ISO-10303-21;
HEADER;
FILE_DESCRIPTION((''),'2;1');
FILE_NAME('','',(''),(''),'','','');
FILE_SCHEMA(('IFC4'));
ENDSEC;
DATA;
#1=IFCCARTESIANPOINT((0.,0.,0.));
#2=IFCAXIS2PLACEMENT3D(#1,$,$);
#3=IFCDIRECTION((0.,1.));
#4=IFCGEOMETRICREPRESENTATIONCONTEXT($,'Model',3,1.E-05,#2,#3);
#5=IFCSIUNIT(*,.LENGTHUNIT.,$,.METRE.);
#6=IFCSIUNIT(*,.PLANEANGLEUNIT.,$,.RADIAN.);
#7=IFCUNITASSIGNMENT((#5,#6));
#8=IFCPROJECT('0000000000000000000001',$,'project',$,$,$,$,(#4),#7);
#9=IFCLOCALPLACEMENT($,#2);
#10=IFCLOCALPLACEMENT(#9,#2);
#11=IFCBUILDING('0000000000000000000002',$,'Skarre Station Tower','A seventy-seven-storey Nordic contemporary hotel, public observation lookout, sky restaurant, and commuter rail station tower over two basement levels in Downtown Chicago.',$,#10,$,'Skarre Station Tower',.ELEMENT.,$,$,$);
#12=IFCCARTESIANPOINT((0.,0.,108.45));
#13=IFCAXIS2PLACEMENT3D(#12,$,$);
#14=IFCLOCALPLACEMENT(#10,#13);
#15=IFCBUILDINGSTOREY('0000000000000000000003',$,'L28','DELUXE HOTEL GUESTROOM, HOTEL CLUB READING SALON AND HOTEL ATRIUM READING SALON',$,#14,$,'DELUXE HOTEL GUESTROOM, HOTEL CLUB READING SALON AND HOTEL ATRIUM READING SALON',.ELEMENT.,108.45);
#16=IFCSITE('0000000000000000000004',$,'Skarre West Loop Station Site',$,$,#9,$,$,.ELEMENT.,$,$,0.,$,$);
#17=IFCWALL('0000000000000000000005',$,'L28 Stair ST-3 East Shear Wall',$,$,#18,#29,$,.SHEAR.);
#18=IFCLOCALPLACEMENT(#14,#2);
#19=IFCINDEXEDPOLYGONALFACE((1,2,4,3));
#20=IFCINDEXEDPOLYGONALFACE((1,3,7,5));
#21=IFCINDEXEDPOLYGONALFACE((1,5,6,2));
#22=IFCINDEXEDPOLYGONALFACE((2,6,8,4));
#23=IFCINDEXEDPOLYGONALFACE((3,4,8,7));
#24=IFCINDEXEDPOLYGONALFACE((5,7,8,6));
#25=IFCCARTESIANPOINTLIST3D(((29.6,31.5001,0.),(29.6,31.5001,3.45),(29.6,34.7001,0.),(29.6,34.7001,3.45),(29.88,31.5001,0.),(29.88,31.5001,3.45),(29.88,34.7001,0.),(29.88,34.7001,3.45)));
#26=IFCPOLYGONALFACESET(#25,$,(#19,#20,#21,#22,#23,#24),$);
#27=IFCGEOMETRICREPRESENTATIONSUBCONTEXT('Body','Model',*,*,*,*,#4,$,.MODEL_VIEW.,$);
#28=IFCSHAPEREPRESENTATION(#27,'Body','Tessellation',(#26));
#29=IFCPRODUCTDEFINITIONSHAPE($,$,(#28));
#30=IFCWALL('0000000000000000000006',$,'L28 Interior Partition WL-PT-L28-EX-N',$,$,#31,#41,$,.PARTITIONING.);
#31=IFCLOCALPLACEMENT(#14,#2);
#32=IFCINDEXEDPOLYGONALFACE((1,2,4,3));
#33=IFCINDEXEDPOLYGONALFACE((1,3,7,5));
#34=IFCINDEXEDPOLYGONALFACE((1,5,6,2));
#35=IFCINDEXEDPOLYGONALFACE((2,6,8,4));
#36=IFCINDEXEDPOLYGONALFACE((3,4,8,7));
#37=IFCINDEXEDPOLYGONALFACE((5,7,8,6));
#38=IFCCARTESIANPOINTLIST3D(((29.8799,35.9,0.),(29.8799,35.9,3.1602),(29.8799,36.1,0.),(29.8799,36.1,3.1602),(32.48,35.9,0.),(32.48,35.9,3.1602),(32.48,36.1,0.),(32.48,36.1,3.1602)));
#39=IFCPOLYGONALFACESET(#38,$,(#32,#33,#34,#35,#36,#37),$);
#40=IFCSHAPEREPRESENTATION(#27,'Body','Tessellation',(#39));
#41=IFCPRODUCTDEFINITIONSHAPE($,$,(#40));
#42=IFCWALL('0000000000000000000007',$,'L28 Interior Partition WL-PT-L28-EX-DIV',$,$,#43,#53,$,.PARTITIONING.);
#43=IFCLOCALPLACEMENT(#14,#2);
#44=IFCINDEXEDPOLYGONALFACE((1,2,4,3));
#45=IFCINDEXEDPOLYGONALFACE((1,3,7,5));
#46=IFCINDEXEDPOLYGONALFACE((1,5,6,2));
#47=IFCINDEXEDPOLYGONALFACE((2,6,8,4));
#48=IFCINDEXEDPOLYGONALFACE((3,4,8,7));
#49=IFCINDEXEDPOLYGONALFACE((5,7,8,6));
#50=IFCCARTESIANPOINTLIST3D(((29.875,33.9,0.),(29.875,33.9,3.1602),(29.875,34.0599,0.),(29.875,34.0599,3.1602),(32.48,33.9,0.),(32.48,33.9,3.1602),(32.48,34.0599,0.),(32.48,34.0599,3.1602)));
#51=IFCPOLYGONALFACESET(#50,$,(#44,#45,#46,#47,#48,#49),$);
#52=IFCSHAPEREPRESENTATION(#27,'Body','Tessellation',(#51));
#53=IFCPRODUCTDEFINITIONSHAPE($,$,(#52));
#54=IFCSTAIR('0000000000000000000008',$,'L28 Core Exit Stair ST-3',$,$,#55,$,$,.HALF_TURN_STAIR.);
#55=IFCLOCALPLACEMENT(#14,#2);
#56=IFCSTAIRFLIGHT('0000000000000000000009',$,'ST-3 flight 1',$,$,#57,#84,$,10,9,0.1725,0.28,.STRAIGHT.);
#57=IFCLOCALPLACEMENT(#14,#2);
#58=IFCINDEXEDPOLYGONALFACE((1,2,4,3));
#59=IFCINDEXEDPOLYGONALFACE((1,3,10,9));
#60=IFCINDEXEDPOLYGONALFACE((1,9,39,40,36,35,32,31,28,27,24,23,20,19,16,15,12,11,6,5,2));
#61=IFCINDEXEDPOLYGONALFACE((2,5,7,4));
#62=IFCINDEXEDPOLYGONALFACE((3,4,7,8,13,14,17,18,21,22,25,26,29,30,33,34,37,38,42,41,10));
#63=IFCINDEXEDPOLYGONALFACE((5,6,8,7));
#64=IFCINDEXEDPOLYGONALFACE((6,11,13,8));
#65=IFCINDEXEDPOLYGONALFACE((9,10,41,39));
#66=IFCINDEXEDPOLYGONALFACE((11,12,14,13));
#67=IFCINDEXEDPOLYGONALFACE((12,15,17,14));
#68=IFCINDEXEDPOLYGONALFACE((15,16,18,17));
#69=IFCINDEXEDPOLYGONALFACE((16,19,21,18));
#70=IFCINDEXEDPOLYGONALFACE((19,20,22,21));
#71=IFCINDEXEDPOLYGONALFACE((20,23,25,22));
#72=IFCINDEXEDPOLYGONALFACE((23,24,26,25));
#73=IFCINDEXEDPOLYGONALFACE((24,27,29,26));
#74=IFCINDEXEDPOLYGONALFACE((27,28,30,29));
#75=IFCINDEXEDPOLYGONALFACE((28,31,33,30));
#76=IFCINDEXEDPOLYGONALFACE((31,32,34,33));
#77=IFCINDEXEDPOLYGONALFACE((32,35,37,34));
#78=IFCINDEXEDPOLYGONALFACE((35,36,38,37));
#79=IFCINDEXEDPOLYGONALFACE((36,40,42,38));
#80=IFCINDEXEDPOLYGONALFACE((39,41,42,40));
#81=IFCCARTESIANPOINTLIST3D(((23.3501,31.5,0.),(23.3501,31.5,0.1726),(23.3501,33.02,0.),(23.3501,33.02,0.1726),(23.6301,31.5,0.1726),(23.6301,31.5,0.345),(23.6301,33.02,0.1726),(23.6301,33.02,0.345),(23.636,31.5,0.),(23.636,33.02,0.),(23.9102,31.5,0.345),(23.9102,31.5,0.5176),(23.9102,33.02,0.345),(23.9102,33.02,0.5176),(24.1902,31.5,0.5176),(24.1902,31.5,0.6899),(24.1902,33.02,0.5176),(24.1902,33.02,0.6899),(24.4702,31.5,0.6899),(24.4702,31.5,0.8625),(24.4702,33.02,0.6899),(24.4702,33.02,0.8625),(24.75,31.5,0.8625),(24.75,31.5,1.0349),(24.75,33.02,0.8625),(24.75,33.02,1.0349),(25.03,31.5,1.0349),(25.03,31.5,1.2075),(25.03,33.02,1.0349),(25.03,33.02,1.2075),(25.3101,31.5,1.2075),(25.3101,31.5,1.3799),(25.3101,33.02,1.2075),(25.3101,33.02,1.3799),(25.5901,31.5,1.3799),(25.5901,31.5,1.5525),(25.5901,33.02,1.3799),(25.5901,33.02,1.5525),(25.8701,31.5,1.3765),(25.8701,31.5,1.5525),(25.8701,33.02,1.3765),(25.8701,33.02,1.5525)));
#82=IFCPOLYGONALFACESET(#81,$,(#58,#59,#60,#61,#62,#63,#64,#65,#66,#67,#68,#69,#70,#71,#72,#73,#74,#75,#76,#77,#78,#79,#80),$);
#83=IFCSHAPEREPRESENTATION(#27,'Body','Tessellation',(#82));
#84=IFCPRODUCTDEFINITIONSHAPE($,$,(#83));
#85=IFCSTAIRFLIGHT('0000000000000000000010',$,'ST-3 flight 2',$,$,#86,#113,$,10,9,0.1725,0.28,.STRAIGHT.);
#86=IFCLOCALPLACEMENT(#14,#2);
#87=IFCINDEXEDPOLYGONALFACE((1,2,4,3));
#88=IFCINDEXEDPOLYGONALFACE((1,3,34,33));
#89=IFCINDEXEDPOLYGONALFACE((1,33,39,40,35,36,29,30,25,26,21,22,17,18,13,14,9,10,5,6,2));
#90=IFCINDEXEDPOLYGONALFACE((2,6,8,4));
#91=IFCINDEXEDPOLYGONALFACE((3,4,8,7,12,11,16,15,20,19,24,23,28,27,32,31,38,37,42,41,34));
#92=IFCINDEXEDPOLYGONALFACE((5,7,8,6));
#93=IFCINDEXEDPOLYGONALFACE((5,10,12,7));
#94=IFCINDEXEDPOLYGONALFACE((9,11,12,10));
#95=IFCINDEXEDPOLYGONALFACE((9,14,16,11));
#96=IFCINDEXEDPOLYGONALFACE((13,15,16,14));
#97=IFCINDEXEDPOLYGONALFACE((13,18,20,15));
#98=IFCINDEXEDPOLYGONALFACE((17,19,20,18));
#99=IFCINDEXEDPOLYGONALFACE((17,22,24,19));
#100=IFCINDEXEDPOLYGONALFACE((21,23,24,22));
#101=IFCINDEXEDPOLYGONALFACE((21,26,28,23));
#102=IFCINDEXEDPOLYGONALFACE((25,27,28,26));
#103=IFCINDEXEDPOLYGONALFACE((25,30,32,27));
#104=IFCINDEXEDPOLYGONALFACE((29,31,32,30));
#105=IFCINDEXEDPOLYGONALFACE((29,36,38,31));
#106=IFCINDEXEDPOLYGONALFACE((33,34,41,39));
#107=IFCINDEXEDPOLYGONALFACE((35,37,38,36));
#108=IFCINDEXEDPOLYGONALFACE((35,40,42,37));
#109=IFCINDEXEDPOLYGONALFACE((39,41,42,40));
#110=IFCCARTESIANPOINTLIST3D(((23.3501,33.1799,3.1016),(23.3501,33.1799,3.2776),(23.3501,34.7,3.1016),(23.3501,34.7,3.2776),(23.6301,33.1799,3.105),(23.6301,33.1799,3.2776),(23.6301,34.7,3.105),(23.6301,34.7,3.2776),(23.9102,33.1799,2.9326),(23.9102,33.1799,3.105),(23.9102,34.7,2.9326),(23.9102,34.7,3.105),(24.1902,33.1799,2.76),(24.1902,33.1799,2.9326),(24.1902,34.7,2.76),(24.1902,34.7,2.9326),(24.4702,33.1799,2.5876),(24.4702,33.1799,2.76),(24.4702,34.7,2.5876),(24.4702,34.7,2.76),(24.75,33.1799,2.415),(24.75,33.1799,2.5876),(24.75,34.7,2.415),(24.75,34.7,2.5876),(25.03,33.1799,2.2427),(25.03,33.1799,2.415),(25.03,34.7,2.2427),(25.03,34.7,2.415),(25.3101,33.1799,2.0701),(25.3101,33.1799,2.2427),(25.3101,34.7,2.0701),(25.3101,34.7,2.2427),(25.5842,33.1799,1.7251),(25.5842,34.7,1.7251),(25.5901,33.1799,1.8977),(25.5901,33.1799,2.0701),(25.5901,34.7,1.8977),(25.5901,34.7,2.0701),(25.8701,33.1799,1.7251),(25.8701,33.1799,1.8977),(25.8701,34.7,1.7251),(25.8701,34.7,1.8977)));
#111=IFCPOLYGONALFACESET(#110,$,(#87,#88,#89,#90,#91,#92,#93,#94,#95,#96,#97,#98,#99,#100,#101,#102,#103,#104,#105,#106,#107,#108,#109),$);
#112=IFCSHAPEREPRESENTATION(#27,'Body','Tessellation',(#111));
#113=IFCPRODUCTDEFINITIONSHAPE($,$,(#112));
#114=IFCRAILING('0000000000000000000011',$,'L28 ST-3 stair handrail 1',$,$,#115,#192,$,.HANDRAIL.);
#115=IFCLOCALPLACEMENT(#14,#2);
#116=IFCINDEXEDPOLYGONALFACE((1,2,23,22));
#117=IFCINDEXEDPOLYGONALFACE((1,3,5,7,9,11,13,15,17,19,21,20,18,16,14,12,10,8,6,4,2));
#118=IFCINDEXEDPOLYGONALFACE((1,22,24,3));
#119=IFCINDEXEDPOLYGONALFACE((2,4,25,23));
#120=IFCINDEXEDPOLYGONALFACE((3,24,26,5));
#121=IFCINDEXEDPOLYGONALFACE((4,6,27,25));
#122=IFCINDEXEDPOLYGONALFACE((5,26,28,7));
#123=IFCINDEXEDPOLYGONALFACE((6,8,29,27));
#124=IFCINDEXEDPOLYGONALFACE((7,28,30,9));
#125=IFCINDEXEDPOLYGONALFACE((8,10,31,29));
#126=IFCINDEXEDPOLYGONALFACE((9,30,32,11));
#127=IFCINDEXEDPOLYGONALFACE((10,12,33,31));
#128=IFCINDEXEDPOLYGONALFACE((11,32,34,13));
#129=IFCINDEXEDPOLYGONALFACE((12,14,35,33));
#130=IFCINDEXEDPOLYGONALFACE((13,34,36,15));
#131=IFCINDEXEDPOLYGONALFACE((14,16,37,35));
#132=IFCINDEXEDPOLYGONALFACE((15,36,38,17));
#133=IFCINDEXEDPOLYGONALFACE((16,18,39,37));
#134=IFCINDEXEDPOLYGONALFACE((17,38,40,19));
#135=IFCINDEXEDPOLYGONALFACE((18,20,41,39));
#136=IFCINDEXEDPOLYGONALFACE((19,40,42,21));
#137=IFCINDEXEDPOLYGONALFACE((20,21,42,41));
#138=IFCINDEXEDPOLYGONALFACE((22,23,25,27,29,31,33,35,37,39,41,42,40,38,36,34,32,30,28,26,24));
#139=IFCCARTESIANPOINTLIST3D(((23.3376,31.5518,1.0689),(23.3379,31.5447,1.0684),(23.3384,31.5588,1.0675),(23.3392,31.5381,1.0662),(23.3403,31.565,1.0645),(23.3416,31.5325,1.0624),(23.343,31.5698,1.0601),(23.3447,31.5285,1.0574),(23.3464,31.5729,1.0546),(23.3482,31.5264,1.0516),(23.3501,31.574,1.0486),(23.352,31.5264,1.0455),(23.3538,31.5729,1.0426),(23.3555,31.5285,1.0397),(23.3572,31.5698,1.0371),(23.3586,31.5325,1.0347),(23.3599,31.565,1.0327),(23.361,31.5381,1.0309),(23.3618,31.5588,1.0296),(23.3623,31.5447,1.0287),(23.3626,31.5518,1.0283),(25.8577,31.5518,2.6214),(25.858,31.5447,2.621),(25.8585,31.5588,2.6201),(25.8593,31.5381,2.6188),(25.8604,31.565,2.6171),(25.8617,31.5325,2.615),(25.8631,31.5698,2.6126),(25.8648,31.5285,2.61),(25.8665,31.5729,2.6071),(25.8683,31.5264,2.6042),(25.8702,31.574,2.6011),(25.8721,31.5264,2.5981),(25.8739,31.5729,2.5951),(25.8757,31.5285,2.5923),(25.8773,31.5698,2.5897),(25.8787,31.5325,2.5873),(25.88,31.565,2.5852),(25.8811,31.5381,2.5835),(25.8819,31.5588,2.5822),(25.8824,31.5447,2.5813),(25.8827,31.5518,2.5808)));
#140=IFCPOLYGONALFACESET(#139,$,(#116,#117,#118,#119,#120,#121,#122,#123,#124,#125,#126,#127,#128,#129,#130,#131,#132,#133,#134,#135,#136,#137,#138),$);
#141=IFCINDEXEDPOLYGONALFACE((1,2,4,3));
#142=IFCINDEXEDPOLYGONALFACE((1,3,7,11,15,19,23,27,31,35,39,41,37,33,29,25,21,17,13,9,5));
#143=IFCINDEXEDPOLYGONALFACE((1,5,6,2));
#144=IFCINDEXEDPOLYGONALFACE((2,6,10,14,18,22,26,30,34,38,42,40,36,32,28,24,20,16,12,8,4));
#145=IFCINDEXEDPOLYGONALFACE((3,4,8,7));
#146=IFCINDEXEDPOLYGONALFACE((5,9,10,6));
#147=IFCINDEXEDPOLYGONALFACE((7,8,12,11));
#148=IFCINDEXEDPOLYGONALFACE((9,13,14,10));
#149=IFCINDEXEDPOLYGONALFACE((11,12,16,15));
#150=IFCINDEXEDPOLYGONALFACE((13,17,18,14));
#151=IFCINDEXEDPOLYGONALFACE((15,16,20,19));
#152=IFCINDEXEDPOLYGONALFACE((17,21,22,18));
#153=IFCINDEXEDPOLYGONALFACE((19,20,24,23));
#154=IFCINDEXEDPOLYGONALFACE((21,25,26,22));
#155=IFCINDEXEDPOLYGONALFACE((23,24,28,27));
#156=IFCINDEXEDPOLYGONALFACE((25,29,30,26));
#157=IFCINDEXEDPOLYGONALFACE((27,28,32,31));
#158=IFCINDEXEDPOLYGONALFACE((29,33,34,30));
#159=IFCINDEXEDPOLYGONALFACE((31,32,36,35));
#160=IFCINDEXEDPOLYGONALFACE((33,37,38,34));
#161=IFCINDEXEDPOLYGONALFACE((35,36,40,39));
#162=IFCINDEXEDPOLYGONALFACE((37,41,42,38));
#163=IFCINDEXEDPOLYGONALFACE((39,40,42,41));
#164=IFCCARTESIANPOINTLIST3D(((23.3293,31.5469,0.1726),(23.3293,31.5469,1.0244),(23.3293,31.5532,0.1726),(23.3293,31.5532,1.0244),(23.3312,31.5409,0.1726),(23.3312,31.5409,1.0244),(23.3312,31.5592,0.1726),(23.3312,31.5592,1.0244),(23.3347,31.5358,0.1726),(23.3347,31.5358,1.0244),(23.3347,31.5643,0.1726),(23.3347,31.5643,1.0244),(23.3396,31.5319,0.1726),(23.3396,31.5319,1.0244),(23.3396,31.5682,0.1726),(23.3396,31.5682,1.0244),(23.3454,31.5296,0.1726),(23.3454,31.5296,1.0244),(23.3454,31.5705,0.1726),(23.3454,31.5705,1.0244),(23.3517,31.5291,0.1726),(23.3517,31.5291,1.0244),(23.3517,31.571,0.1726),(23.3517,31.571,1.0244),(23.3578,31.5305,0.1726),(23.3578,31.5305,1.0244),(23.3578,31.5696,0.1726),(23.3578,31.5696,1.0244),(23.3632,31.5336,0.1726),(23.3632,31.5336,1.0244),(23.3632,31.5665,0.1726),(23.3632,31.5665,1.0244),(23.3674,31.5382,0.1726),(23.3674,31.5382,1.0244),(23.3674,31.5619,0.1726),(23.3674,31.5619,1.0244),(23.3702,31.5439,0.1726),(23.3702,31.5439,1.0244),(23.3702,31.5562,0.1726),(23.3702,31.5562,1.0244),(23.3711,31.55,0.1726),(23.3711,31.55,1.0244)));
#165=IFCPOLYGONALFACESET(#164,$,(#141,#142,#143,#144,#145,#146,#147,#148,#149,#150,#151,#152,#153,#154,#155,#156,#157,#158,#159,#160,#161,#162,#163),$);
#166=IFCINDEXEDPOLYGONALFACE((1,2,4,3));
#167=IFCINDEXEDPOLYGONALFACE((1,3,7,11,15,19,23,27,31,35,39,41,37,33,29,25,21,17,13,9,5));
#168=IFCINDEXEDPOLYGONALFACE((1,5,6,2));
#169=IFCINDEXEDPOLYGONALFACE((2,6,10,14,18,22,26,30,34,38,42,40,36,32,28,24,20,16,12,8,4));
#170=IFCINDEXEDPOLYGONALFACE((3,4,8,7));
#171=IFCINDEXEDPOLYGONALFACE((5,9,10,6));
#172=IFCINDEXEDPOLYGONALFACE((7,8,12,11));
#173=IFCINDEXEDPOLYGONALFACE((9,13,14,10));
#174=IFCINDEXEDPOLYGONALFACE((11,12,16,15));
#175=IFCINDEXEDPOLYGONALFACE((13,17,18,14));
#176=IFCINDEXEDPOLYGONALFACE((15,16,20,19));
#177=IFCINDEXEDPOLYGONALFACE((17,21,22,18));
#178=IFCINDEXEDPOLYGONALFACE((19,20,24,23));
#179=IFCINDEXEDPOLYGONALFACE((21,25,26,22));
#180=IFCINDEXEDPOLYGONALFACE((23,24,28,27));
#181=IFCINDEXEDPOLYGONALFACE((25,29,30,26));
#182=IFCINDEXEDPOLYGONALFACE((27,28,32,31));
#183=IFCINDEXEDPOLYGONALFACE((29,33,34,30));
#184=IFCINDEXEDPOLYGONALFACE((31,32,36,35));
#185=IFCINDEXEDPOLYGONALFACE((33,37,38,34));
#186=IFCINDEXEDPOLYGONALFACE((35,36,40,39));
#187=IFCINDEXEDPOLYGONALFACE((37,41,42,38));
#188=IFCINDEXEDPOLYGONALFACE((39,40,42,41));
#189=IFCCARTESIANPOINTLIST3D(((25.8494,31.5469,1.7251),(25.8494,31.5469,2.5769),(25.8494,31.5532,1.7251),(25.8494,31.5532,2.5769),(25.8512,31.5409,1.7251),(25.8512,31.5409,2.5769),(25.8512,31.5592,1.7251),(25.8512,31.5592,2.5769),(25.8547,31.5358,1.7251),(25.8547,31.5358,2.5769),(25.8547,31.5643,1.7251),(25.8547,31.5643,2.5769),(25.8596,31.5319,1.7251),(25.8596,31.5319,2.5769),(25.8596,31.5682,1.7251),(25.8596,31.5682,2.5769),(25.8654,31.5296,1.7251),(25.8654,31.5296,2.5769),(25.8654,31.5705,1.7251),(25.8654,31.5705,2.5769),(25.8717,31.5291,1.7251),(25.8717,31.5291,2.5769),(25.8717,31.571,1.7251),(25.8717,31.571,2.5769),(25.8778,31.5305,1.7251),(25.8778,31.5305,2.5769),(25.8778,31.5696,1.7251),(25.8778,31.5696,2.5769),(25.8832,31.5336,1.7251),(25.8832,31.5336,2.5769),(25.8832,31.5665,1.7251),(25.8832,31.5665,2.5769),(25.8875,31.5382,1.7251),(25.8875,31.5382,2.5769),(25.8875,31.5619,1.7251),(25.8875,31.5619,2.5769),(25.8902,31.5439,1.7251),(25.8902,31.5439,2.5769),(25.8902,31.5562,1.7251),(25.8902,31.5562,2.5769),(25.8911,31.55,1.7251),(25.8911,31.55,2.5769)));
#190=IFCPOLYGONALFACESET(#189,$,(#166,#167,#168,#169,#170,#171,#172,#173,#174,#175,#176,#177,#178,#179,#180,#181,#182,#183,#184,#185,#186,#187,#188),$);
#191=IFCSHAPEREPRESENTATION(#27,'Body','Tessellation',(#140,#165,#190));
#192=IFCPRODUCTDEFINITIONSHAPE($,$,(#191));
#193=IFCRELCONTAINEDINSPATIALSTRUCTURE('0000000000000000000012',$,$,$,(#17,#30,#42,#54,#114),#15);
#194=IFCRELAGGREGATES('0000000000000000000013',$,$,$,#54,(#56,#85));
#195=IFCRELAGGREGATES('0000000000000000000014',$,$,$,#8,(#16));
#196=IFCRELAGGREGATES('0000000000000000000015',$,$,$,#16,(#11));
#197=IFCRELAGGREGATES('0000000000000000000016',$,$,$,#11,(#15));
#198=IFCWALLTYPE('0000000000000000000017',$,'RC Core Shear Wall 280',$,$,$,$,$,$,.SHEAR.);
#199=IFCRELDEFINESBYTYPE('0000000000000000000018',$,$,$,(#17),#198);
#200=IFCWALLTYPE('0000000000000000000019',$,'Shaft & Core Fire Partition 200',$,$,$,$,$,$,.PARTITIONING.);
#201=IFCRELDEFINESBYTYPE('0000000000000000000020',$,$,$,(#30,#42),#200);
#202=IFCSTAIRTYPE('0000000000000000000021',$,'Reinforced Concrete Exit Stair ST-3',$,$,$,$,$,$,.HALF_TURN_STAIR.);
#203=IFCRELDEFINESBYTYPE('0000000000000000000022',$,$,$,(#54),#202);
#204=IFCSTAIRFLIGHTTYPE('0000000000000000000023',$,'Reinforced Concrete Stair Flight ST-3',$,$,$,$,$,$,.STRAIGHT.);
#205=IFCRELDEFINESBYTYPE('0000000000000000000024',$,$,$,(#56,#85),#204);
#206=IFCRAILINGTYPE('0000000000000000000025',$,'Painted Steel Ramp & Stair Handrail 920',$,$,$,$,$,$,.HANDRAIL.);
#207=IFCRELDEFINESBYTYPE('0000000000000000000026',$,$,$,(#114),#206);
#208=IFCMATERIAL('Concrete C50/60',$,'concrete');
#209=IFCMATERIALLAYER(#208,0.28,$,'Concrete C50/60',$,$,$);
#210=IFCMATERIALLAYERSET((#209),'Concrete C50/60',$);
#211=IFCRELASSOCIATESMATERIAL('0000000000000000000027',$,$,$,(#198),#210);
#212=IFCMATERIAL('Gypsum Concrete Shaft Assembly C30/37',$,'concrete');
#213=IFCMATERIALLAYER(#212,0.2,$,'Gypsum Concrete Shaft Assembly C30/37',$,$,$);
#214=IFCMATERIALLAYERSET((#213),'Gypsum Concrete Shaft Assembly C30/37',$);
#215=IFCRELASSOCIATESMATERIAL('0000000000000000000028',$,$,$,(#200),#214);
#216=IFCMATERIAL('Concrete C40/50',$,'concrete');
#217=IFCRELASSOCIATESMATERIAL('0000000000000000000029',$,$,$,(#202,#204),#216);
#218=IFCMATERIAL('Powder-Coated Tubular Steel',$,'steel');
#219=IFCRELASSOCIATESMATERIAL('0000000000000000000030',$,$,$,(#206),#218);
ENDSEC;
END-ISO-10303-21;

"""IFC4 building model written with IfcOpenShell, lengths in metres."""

from ifc_helpers import new_model, si_unit, direction, frame, frame_2d, origin, origin_2d, place, context, subcontext, project, spatial, polyline, rectangle, circle, outline, extrude, material, layer, layer_set, type_object, element, aggregate, save


model = new_model("IFC4")

# Units and contexts
model_context = context("Model", 3, precision=1e-05, world=origin(), true_north=direction((0.0, 1.0)))
body_context = subcontext(model_context, "Body", "Model", "MODEL_VIEW")
ifc_project = project(units=[si_unit("LENGTHUNIT", "METRE"), si_unit("PLANEANGLEUNIT", "RADIAN")], contexts=[model_context])

# Site, building, storey
site_placement = place(None, origin())
site = spatial("IfcSite", under=ifc_project, at=site_placement, Name="Skarre West Loop Station Site", CompositionType="ELEMENT", RefElevation=0.0)
building_placement = place(site_placement, origin())
building = spatial("IfcBuilding", under=site, at=building_placement, Name="Skarre Station Tower", Description="A seventy-seven-storey Nordic contemporary hotel, public observation lookout, sky restaurant, and commuter rail station tower over two basement levels in Downtown Chicago.", LongName="Skarre Station Tower", CompositionType="ELEMENT")
storey_placement = place(building_placement, frame((0.0, 0.0, 108.45)))
storey = spatial("IfcBuildingStorey", under=building, at=storey_placement, Name="L28", Description="DELUXE HOTEL GUESTROOM, HOTEL CLUB READING SALON AND HOTEL ATRIUM READING SALON", LongName="DELUXE HOTEL GUESTROOM, HOTEL CLUB READING SALON AND HOTEL ATRIUM READING SALON", CompositionType="ELEMENT", Elevation=108.45)

# Walls
ifc_material_1 = material(Name="Concrete C50/60", Category="concrete")
ifc_layer_1 = layer(ifc_material_1, 0.28, Name="Concrete C50/60")
ifc_layer_set_1 = layer_set([ifc_layer_1], Name="Concrete C50/60")
wall_type_1 = type_object("IfcWallType", Name="RC Core Shear Wall 280", PredefinedType="SHEAR", material=ifc_layer_set_1)
for number, where, z_axis, x_axis, name in (
    (1, (29.74, 31.5, 0.0), (0.0, 0.0, 1.0), (0.0, 1.0, 0.0), "L28 Stair ST-3 East Shear Wall"),
):
    element("IfcWall", number, at=place(storey_placement, frame(where, z_axis=z_axis, x_axis=x_axis)), inside=storey, type_object=wall_type_1, Name=name, PredefinedType="SHEAR", context=body_context, shape_type="SweptSolid", body=[
        extrude(rectangle(XDim=3.2, YDim=0.28, at=frame_2d((1.6001, 0.0))), origin(), (0.0, 0.0, 1.0), 3.45),
    ])
ifc_material_2 = material(Name="Gypsum Concrete Shaft Assembly C30/37", Category="concrete")
ifc_layer_2 = layer(ifc_material_2, 0.2, Name="Gypsum Concrete Shaft Assembly C30/37")
ifc_layer_set_2 = layer_set([ifc_layer_2], Name="Gypsum Concrete Shaft Assembly C30/37")
wall_type_2 = type_object("IfcWallType", Name="Shaft & Core Fire Partition 200", PredefinedType="PARTITIONING", material=ifc_layer_set_2)
wall_1_placement = place(storey_placement, frame((29.8799, 36.0, 0.0), z_axis=(0.0, 0.0, 1.0), x_axis=(1.0, 0.0, 0.0)))
element("IfcWall", 2, at=wall_1_placement, inside=storey, type_object=wall_type_2, Name="L28 Interior Partition WL-PT-L28-EX-N", PredefinedType="PARTITIONING", context=body_context, shape_type="SweptSolid", body=[
    extrude(rectangle(XDim=2.6001, YDim=0.2, at=frame_2d((1.3, 0.0))), origin(), (0.0, 0.0, 1.0), 3.1602),
])
wall_2_placement = place(storey_placement, frame((29.875, 33.98, 0.0), z_axis=(0.0, 0.0, 1.0), x_axis=(1.0, 0.0, 0.0)))
element("IfcWall", 3, at=wall_2_placement, inside=storey, type_object=wall_type_2, Name="L28 Interior Partition WL-PT-L28-EX-DIV", PredefinedType="PARTITIONING", context=body_context, shape_type="SweptSolid", body=[
    extrude(rectangle(XDim=2.605, YDim=0.1599, at=frame_2d((1.3025, 0.0))), origin(), (0.0, 0.0, 1.0), 3.1602),
])

# Stair, stair flights
ifc_material_3 = material(Name="Concrete C40/50", Category="concrete")
stair_type = type_object("IfcStairType", Name="Reinforced Concrete Exit Stair ST-3", PredefinedType="HALF_TURN_STAIR", material=ifc_material_3)
stair_placement = place(storey_placement, origin())
stair = element("IfcStair", 4, at=stair_placement, inside=storey, type_object=stair_type, Name="L28 Core Exit Stair ST-3", PredefinedType="HALF_TURN_STAIR")
stair_flight_type = type_object("IfcStairFlightType", Name="Reinforced Concrete Stair Flight ST-3", PredefinedType="STRAIGHT", material=ifc_material_3)
stair_flight_1_placement = place(storey_placement, frame((23.3501, 32.26, 0.0), z_axis=(0.0, 0.0, 1.0), x_axis=(1.0, 0.0, 0.0)))
stair_flight_1 = element("IfcStairFlight", 5, at=stair_flight_1_placement, type_object=stair_flight_type, Name="ST-3 flight 1", NumberOfRisers=10, NumberOfTreads=9, PredefinedType="STRAIGHT", RiserHeight=0.1725, TreadLength=0.28, context=body_context, shape_type="SweptSolid", body=[
    extrude(outline(polyline([(0.0, 0.0), (0.0, 0.1726), (0.28, 0.1726), (0.28, 0.345), (0.5601, 0.345), (0.5601, 0.5176), (0.8401, 0.5176), (0.8401, 0.6899), (1.1201, 0.6899), (1.1201, 0.8625), (1.3999, 0.8625), (1.3999, 1.0349), (1.6799, 1.0349), (1.6799, 1.2075), (1.96, 1.2075), (1.96, 1.3799), (2.24, 1.3799), (2.24, 1.5525), (2.52, 1.5525), (2.52, 1.7251), (2.52, 1.3765), (0.2859, 0.0), (0.0, 0.0)])), frame((0.0, 0.76, 0.0), z_axis=(0.0, -1.0, 0.0), x_axis=(1.0, 0.0, 0.0)), (0.0, 0.0, 1.0), 1.52),
])
stair_flight_2_placement = place(storey_placement, frame((25.8701, 33.9399, 1.7251), z_axis=(0.0, 0.0, 1.0), x_axis=(-1.0, 0.0, 0.0)))
stair_flight_2 = element("IfcStairFlight", 6, at=stair_flight_2_placement, type_object=stair_flight_type, Name="ST-3 flight 2", NumberOfRisers=10, NumberOfTreads=9, PredefinedType="STRAIGHT", RiserHeight=0.1725, TreadLength=0.28, context=body_context, shape_type="SweptSolid", body=[
    extrude(outline(polyline([(0.0, 0.0), (0.0, 0.1726), (0.28, 0.1726), (0.28, 0.345), (0.5601, 0.345), (0.5601, 0.5176), (0.8401, 0.5176), (0.8401, 0.6899), (1.1201, 0.6899), (1.1201, 0.8625), (1.3999, 0.8625), (1.3999, 1.0349), (1.6799, 1.0349), (1.6799, 1.2075), (1.96, 1.2075), (1.96, 1.3799), (2.24, 1.3799), (2.24, 1.5525), (2.52, 1.5525), (2.52, 1.7251), (2.52, 1.3765), (0.2859, 0.0), (0.0, 0.0)])), frame((0.0, 0.76, 0.0), z_axis=(0.0, -1.0, 0.0), x_axis=(1.0, 0.0, 0.0)), (0.0, 0.0, 1.0), 1.52),
])
aggregate(stair, [stair_flight_1, stair_flight_2])

# Railing
ifc_material_4 = material(Name="Powder-Coated Tubular Steel", Category="steel")
railing_type_1 = type_object("IfcRailingType", Name="Painted Steel Ramp & Stair Handrail 920", PredefinedType="HANDRAIL", material=ifc_material_4)
railing_1_placement = place(storey_placement, frame((23.3501, 31.55, 0.1726)))
element("IfcRailing", 7, at=railing_1_placement, inside=storey, type_object=railing_type_1, Name="L28 ST-3 stair handrail 1", PredefinedType="HANDRAIL", context=body_context, shape_type="SweptSolid", body=[
    extrude(circle(Radius=0.0239, at=origin_2d()), frame((0.0, 0.0, 0.876), z_axis=(0.8514, 0.0, 0.524516), x_axis=(0.0, 1.0, 0.0)), (0.0, 0.0, 1.0), 2.96),
    extrude(circle(Radius=0.021, at=origin_2d()), origin(), (0.0, 0.0, 1.0), 0.8518),
    extrude(circle(Radius=0.021, at=origin_2d()), frame((2.52, 0.0, 1.5525)), (0.0, 0.0, 1.0), 0.8518),
])

save(model, "model.ifc")
